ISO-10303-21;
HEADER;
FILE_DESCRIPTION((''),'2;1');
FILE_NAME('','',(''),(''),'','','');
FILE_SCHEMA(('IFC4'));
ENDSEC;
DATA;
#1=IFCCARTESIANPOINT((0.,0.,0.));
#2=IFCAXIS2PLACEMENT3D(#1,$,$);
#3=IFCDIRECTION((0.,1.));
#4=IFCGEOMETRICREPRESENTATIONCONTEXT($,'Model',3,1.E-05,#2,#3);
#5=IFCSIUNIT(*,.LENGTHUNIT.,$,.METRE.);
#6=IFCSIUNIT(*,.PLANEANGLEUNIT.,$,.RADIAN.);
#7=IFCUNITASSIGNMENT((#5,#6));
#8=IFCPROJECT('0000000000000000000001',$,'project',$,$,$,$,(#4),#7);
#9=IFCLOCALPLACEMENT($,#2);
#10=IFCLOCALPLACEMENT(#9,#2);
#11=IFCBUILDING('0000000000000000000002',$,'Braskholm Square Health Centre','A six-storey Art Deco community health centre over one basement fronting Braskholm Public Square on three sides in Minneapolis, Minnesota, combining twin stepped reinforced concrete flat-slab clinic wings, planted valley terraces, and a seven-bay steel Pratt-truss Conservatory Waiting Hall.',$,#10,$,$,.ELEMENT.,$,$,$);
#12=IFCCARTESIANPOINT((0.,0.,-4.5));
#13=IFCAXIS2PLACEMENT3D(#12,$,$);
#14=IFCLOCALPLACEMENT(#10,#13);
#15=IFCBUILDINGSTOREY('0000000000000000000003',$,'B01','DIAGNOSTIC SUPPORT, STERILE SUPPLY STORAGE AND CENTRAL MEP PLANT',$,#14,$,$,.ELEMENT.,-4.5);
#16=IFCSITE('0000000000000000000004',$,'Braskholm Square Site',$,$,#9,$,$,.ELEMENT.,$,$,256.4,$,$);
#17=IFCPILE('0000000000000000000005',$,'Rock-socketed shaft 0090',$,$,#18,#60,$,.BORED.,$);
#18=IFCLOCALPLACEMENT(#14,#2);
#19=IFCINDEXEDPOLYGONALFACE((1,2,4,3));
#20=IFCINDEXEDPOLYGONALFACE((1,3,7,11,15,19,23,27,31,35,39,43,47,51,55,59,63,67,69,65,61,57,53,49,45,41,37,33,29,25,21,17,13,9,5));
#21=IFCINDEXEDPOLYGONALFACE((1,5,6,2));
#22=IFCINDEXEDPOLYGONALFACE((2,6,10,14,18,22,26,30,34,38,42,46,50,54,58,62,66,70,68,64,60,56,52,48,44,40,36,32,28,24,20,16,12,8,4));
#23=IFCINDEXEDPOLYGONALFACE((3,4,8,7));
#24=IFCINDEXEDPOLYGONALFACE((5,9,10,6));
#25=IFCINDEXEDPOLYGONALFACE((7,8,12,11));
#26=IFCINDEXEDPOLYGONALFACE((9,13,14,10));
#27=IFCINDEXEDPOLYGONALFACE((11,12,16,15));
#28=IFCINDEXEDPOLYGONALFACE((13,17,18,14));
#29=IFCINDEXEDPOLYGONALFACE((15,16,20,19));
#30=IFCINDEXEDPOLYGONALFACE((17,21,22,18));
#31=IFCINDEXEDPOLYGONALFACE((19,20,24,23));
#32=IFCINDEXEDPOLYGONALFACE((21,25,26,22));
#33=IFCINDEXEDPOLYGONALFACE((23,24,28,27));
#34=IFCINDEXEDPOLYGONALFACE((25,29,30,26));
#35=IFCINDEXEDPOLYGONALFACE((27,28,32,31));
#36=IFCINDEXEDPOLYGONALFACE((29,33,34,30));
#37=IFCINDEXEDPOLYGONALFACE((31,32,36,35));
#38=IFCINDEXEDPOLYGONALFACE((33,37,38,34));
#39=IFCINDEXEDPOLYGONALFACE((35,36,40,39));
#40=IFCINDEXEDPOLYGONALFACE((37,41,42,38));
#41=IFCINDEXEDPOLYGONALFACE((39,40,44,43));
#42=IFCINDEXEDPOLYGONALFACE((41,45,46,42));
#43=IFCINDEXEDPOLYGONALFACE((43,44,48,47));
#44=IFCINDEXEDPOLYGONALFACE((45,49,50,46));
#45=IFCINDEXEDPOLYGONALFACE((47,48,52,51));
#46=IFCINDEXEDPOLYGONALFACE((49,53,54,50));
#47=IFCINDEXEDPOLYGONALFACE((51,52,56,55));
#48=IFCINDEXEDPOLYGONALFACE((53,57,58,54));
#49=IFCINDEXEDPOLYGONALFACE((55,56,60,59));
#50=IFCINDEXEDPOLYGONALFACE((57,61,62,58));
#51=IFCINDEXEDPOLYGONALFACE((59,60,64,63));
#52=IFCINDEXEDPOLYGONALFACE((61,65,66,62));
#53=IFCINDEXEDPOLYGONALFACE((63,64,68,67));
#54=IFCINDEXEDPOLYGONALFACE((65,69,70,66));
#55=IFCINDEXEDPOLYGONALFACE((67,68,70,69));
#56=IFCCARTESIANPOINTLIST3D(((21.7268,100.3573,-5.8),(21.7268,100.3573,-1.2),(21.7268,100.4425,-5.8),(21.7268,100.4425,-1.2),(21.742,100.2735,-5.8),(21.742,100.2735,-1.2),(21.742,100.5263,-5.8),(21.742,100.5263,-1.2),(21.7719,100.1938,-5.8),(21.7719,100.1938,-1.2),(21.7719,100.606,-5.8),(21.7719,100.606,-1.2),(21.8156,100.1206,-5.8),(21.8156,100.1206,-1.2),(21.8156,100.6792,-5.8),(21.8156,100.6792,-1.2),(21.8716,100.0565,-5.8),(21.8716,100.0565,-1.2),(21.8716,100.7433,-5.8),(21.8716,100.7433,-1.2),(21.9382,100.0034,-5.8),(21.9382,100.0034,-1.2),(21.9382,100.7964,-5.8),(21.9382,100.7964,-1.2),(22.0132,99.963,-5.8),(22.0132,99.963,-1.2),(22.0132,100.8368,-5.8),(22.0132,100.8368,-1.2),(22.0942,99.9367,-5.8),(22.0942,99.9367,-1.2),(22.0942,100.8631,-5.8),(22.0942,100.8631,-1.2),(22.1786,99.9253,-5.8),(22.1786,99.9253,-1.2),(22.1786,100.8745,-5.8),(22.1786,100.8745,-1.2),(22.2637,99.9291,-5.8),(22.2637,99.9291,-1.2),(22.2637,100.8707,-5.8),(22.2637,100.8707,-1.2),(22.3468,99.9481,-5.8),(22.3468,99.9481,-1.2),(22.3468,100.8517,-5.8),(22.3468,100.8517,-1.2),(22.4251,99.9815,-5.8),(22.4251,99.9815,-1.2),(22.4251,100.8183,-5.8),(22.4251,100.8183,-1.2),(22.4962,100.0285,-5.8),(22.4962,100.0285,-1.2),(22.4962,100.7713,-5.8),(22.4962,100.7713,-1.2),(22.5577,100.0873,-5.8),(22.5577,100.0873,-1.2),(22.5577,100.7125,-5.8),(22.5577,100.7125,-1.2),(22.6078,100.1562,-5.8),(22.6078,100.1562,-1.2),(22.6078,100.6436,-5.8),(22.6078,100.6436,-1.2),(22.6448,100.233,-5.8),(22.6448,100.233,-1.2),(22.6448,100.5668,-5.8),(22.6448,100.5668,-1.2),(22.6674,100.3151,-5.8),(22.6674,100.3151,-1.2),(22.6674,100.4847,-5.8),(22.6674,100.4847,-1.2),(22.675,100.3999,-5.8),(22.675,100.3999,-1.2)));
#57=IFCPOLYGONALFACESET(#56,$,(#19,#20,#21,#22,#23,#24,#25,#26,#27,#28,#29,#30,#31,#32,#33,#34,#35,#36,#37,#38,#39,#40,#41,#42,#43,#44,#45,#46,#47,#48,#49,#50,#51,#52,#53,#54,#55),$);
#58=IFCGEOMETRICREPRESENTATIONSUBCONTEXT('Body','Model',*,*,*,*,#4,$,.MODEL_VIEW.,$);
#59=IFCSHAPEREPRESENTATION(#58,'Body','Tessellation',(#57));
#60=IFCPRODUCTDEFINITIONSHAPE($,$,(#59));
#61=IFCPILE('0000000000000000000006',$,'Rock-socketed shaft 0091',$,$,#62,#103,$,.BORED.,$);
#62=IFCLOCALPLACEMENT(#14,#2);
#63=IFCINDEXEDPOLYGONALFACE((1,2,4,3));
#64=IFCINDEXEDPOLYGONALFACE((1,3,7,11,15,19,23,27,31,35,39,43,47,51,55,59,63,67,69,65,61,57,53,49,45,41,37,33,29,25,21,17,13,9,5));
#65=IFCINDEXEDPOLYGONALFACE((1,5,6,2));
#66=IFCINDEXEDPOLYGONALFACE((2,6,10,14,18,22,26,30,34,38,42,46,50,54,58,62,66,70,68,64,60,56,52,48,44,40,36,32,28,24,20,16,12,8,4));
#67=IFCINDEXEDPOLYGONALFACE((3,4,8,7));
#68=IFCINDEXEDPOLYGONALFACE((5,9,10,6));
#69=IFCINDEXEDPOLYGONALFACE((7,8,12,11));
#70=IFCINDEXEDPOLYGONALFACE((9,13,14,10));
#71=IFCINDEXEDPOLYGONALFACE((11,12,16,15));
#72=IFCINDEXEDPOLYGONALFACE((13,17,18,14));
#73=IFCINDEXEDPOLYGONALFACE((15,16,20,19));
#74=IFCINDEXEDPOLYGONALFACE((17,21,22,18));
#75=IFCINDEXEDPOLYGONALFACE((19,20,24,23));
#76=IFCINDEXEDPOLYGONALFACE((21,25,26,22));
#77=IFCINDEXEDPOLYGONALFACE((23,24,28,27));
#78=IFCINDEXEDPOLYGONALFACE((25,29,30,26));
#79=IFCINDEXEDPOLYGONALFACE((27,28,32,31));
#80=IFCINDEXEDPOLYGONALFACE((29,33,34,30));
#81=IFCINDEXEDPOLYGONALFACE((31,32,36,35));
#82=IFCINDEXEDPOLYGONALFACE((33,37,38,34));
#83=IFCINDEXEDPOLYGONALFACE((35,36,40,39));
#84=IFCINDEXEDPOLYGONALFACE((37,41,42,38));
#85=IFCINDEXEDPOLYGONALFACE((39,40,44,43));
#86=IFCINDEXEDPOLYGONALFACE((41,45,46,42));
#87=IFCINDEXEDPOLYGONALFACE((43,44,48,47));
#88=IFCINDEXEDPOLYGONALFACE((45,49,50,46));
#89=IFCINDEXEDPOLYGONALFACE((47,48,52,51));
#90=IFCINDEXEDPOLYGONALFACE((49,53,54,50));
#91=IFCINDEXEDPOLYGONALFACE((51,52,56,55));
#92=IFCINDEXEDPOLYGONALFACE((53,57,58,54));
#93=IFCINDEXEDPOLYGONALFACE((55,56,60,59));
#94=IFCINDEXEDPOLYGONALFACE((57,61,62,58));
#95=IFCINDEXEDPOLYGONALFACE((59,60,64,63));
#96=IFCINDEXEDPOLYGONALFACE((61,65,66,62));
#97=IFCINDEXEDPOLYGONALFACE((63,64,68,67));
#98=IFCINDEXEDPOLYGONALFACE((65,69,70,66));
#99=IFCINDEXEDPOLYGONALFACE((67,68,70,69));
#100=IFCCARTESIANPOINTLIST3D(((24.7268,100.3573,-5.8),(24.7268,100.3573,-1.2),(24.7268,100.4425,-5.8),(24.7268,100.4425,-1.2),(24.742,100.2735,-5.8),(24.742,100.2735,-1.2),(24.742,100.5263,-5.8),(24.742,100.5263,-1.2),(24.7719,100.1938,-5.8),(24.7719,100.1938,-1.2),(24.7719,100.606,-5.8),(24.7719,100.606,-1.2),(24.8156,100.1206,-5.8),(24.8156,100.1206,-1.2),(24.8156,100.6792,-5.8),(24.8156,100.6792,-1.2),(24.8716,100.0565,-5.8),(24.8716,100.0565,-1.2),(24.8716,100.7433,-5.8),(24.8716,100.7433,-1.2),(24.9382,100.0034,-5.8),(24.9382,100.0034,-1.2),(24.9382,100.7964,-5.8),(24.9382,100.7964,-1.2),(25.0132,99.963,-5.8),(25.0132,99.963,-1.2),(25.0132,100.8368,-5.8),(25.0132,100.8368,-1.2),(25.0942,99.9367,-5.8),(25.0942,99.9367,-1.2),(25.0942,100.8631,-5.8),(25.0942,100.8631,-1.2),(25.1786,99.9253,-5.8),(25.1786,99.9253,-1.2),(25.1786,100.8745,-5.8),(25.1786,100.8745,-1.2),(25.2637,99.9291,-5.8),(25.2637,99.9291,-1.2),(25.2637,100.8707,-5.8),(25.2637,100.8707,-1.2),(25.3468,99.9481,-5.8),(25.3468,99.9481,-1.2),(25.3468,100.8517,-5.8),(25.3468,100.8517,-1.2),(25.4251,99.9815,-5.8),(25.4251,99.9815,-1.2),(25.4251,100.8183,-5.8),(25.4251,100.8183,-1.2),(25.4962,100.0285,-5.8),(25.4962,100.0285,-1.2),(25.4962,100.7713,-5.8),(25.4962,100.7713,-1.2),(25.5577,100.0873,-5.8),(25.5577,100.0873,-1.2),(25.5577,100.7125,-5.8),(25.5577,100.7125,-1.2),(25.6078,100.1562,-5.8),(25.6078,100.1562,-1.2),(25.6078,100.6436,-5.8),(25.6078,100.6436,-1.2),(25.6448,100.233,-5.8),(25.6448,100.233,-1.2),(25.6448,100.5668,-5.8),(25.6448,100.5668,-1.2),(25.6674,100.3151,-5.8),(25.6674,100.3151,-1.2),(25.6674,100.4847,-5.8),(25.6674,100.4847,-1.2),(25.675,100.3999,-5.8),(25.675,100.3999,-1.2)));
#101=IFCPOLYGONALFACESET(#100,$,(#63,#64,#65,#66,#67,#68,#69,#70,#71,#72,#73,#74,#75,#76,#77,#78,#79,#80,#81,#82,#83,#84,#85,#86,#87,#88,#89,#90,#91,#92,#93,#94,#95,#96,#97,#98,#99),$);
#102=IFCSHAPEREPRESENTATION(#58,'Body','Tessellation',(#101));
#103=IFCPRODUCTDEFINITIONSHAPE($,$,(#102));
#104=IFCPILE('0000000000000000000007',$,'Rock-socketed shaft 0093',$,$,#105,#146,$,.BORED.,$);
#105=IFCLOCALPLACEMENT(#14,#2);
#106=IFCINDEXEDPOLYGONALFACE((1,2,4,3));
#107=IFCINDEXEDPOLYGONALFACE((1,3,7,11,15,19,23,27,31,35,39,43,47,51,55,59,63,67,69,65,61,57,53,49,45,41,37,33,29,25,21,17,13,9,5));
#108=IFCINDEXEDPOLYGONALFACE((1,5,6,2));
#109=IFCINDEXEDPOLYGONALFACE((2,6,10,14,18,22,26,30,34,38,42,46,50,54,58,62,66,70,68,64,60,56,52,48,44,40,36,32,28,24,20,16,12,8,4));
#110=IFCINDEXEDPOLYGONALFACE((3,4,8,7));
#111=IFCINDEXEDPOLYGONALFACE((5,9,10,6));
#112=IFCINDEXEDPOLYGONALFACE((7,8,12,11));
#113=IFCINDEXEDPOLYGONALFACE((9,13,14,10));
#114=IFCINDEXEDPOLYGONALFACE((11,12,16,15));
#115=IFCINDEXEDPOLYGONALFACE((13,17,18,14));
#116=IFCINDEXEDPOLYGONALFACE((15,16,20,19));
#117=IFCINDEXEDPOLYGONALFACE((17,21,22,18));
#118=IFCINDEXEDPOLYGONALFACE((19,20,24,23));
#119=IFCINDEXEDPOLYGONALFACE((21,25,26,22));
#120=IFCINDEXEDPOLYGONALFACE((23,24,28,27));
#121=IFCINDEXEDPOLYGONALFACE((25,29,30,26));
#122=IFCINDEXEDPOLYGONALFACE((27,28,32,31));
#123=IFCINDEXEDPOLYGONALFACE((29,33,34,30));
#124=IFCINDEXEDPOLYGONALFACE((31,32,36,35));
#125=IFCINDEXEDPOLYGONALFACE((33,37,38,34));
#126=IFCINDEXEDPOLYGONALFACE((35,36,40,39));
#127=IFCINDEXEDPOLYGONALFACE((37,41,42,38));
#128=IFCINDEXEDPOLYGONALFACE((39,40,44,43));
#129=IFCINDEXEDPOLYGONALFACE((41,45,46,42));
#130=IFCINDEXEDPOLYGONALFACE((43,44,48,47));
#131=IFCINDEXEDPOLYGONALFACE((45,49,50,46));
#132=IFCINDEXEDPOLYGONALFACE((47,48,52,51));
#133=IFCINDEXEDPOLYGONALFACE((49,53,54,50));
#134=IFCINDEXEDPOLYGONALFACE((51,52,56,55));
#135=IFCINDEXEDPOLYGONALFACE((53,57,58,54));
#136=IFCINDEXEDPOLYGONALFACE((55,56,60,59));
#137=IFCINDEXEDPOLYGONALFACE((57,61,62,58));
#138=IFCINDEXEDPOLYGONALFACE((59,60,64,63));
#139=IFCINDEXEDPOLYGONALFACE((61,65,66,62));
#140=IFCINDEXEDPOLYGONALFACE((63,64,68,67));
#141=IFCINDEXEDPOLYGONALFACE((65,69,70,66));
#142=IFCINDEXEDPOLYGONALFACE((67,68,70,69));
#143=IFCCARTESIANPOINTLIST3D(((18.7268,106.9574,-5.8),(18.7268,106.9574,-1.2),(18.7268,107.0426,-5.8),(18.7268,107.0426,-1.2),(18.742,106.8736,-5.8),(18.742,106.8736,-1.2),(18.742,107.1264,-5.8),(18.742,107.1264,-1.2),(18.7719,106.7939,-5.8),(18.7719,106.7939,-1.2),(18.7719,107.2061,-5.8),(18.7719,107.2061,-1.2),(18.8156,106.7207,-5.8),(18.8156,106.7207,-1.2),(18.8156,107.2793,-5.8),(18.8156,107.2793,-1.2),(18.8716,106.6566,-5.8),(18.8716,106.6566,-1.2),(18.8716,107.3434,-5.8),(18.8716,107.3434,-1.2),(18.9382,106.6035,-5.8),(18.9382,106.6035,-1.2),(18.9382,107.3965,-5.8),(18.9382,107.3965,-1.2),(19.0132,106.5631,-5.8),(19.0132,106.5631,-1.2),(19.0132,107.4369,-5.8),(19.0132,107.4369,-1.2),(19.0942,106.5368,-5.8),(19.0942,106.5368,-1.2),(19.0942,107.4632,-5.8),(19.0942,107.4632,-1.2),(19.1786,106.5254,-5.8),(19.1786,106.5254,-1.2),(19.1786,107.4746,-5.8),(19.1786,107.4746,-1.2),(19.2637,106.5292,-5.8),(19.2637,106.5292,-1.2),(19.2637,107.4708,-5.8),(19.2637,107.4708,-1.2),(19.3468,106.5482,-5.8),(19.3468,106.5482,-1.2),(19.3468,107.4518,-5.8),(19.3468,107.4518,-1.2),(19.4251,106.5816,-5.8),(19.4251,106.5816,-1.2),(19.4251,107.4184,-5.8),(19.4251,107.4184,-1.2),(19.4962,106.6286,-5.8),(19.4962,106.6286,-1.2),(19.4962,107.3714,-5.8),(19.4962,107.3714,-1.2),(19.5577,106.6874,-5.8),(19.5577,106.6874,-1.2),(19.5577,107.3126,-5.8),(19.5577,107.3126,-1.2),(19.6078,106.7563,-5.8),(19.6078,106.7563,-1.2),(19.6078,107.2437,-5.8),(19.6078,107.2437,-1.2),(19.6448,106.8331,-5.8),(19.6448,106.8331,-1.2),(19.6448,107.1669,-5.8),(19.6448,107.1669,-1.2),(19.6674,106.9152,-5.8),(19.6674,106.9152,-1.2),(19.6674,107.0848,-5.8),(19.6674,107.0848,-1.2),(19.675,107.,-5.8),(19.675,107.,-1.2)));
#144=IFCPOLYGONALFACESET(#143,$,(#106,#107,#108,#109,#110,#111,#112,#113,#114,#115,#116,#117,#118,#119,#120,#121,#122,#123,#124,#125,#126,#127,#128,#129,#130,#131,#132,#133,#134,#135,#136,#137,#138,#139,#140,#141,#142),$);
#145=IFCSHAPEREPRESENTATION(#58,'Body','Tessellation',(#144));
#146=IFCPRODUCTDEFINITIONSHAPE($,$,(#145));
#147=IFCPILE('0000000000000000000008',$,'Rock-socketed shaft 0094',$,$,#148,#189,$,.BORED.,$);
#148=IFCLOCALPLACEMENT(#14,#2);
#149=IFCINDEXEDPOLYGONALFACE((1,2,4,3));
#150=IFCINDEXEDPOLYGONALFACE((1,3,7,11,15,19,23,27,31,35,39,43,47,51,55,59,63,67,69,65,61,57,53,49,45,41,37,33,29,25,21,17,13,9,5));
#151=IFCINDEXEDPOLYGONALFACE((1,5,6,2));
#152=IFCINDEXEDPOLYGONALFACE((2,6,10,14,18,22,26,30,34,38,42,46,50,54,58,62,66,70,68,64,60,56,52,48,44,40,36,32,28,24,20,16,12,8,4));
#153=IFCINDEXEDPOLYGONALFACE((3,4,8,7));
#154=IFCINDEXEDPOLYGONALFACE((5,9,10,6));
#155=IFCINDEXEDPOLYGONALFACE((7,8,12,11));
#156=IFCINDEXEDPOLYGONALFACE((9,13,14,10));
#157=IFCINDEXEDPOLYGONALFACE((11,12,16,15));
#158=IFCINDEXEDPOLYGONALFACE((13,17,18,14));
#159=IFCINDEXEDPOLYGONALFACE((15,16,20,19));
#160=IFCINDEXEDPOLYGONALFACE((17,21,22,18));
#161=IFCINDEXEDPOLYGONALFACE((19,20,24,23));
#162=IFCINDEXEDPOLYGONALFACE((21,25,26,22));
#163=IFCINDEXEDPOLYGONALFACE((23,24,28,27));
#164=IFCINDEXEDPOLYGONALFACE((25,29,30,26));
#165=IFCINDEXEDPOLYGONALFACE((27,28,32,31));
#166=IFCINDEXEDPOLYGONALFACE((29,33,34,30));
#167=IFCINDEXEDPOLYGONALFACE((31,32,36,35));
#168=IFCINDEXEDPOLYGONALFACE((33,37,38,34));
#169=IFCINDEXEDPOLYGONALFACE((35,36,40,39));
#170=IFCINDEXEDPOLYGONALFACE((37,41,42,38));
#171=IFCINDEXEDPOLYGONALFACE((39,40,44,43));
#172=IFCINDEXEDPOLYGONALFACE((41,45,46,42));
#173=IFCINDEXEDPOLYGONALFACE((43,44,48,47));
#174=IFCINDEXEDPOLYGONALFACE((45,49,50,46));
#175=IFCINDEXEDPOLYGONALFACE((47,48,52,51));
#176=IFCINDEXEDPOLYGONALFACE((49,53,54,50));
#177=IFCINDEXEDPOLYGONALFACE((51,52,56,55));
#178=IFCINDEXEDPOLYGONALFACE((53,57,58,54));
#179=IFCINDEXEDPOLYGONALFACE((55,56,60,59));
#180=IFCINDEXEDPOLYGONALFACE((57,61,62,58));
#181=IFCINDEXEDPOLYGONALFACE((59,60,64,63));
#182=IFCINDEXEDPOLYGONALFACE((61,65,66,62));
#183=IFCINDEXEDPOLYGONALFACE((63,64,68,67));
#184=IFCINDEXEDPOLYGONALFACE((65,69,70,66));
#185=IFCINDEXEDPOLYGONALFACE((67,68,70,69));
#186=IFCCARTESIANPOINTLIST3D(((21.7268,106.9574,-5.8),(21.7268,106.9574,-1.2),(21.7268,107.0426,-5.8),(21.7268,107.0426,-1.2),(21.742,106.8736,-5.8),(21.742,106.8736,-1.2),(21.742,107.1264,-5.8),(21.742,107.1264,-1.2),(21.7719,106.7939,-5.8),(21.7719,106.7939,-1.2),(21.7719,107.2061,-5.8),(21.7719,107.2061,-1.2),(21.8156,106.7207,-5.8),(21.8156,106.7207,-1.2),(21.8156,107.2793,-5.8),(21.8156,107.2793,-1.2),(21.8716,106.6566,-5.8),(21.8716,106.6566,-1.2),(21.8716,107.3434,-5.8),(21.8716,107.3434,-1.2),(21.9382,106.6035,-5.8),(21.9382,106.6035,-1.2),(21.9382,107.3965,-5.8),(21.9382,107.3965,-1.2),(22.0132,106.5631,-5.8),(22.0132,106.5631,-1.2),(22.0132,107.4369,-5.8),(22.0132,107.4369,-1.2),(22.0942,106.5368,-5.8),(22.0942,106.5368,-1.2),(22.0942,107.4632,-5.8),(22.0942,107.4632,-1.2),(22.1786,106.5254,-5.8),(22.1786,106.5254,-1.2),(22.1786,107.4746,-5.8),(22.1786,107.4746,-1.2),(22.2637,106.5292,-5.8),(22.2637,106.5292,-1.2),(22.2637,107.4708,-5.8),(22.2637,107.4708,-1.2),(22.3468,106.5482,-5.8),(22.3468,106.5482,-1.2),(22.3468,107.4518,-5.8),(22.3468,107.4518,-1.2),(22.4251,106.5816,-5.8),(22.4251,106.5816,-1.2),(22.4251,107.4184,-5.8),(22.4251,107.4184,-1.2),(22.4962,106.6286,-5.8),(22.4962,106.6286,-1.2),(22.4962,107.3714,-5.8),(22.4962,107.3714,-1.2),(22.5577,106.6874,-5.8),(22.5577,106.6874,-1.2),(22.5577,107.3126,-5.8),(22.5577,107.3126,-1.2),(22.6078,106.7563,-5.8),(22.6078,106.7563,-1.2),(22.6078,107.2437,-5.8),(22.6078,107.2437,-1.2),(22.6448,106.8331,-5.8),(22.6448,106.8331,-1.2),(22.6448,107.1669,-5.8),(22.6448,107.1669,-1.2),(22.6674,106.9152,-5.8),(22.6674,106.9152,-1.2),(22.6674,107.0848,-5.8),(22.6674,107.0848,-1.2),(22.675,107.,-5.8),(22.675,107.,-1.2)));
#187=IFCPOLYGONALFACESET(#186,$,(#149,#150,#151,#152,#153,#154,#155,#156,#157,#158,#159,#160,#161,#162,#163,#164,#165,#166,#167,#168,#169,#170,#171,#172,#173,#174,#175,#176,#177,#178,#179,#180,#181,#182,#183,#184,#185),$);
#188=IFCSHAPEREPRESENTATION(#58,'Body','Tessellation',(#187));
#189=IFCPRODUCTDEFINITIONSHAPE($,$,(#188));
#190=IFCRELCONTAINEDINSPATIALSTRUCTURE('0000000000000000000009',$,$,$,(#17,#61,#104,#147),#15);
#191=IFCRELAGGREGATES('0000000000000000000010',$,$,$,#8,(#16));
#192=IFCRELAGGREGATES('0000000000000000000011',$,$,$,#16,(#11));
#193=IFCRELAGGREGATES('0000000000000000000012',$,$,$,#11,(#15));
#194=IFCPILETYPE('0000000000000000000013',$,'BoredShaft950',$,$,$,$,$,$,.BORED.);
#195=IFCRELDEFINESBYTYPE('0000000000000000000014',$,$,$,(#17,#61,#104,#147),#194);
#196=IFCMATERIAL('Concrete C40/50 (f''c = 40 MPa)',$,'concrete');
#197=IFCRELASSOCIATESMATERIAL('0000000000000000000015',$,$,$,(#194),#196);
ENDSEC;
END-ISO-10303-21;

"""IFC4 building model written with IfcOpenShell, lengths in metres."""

from ifc_helpers import new_model, si_unit, direction, frame, origin, origin_2d, place, context, subcontext, project, spatial, circle, extrude, material, material_profile, profile_set, type_object, element, save


model = new_model("IFC4")

# Units and contexts
model_context = context("Model", 3, precision=1e-05, world=origin(), true_north=direction((0.0, 1.0)))
body_context = subcontext(model_context, "Body", "Model", "MODEL_VIEW")
ifc_project = project(units=[si_unit("LENGTHUNIT", "METRE"), si_unit("PLANEANGLEUNIT", "RADIAN")], contexts=[model_context])

# Site, building, storey
site_placement = place(None, origin())
site = spatial("IfcSite", under=ifc_project, at=site_placement, Name="Braskholm Square Site", CompositionType="ELEMENT", RefElevation=256.4)
building_placement = place(site_placement, origin())
building = spatial("IfcBuilding", under=site, at=building_placement, Name="Braskholm Square Health Centre", Description="A six-storey Art Deco community health centre over one basement fronting Braskholm Public Square on three sides in Minneapolis, Minnesota, combining twin stepped reinforced concrete flat-slab clinic wings, planted valley terraces, and a seven-bay steel Pratt-truss Conservatory Waiting Hall.", CompositionType="ELEMENT")
storey_placement = place(building_placement, frame((0.0, 0.0, -4.5)))
storey = spatial("IfcBuildingStorey", under=building, at=storey_placement, Name="B01", Description="DIAGNOSTIC SUPPORT, STERILE SUPPLY STORAGE AND CENTRAL MEP PLANT", CompositionType="ELEMENT", Elevation=-4.5)

# Piles
ifc_material_1 = material(Name="Concrete C40/50 (f'c = 40 MPa)", Category="concrete")
ifc_material_profile_1 = material_profile(ifc_material_1, circle(Radius=0.4751, at=origin_2d()), Name="BORED-PILE-950")
ifc_profile_set_1 = profile_set([ifc_material_profile_1], Name="Concrete C40/50 (f'c = 40 MPa)")
pile_type_1 = type_object("IfcPileType", Name="BoredShaft950", PredefinedType="BORED", material=ifc_profile_set_1)
for number, where, z_axis, x_axis, name in (
    (1, (22.2, 100.3999, -1.2), (0.0, 0.0, -1.0), (1.0, 0.0, 0.0), "Rock-socketed shaft 0090"),
    (2, (25.2, 100.3999, -1.2), (0.0, 0.0, -1.0), (1.0, 0.0, 0.0), "Rock-socketed shaft 0091"),
    (3, (19.2, 107.0, -1.2), (0.0, 0.0, -1.0), (1.0, 0.0, 0.0), "Rock-socketed shaft 0093"),
    (4, (22.2, 107.0, -1.2), (0.0, 0.0, -1.0), (1.0, 0.0, 0.0), "Rock-socketed shaft 0094"),
):
    element("IfcPile", number, at=place(storey_placement, frame(where, z_axis=z_axis, x_axis=x_axis)), inside=storey, type_object=pile_type_1, Name=name, PredefinedType="BORED", context=body_context, shape_type="SweptSolid", body=[
        extrude(circle(Radius=0.4751, at=origin_2d()), origin(), (0.0, 0.0, 1.0), 4.6001),
    ])

save(model, "model.ifc")
